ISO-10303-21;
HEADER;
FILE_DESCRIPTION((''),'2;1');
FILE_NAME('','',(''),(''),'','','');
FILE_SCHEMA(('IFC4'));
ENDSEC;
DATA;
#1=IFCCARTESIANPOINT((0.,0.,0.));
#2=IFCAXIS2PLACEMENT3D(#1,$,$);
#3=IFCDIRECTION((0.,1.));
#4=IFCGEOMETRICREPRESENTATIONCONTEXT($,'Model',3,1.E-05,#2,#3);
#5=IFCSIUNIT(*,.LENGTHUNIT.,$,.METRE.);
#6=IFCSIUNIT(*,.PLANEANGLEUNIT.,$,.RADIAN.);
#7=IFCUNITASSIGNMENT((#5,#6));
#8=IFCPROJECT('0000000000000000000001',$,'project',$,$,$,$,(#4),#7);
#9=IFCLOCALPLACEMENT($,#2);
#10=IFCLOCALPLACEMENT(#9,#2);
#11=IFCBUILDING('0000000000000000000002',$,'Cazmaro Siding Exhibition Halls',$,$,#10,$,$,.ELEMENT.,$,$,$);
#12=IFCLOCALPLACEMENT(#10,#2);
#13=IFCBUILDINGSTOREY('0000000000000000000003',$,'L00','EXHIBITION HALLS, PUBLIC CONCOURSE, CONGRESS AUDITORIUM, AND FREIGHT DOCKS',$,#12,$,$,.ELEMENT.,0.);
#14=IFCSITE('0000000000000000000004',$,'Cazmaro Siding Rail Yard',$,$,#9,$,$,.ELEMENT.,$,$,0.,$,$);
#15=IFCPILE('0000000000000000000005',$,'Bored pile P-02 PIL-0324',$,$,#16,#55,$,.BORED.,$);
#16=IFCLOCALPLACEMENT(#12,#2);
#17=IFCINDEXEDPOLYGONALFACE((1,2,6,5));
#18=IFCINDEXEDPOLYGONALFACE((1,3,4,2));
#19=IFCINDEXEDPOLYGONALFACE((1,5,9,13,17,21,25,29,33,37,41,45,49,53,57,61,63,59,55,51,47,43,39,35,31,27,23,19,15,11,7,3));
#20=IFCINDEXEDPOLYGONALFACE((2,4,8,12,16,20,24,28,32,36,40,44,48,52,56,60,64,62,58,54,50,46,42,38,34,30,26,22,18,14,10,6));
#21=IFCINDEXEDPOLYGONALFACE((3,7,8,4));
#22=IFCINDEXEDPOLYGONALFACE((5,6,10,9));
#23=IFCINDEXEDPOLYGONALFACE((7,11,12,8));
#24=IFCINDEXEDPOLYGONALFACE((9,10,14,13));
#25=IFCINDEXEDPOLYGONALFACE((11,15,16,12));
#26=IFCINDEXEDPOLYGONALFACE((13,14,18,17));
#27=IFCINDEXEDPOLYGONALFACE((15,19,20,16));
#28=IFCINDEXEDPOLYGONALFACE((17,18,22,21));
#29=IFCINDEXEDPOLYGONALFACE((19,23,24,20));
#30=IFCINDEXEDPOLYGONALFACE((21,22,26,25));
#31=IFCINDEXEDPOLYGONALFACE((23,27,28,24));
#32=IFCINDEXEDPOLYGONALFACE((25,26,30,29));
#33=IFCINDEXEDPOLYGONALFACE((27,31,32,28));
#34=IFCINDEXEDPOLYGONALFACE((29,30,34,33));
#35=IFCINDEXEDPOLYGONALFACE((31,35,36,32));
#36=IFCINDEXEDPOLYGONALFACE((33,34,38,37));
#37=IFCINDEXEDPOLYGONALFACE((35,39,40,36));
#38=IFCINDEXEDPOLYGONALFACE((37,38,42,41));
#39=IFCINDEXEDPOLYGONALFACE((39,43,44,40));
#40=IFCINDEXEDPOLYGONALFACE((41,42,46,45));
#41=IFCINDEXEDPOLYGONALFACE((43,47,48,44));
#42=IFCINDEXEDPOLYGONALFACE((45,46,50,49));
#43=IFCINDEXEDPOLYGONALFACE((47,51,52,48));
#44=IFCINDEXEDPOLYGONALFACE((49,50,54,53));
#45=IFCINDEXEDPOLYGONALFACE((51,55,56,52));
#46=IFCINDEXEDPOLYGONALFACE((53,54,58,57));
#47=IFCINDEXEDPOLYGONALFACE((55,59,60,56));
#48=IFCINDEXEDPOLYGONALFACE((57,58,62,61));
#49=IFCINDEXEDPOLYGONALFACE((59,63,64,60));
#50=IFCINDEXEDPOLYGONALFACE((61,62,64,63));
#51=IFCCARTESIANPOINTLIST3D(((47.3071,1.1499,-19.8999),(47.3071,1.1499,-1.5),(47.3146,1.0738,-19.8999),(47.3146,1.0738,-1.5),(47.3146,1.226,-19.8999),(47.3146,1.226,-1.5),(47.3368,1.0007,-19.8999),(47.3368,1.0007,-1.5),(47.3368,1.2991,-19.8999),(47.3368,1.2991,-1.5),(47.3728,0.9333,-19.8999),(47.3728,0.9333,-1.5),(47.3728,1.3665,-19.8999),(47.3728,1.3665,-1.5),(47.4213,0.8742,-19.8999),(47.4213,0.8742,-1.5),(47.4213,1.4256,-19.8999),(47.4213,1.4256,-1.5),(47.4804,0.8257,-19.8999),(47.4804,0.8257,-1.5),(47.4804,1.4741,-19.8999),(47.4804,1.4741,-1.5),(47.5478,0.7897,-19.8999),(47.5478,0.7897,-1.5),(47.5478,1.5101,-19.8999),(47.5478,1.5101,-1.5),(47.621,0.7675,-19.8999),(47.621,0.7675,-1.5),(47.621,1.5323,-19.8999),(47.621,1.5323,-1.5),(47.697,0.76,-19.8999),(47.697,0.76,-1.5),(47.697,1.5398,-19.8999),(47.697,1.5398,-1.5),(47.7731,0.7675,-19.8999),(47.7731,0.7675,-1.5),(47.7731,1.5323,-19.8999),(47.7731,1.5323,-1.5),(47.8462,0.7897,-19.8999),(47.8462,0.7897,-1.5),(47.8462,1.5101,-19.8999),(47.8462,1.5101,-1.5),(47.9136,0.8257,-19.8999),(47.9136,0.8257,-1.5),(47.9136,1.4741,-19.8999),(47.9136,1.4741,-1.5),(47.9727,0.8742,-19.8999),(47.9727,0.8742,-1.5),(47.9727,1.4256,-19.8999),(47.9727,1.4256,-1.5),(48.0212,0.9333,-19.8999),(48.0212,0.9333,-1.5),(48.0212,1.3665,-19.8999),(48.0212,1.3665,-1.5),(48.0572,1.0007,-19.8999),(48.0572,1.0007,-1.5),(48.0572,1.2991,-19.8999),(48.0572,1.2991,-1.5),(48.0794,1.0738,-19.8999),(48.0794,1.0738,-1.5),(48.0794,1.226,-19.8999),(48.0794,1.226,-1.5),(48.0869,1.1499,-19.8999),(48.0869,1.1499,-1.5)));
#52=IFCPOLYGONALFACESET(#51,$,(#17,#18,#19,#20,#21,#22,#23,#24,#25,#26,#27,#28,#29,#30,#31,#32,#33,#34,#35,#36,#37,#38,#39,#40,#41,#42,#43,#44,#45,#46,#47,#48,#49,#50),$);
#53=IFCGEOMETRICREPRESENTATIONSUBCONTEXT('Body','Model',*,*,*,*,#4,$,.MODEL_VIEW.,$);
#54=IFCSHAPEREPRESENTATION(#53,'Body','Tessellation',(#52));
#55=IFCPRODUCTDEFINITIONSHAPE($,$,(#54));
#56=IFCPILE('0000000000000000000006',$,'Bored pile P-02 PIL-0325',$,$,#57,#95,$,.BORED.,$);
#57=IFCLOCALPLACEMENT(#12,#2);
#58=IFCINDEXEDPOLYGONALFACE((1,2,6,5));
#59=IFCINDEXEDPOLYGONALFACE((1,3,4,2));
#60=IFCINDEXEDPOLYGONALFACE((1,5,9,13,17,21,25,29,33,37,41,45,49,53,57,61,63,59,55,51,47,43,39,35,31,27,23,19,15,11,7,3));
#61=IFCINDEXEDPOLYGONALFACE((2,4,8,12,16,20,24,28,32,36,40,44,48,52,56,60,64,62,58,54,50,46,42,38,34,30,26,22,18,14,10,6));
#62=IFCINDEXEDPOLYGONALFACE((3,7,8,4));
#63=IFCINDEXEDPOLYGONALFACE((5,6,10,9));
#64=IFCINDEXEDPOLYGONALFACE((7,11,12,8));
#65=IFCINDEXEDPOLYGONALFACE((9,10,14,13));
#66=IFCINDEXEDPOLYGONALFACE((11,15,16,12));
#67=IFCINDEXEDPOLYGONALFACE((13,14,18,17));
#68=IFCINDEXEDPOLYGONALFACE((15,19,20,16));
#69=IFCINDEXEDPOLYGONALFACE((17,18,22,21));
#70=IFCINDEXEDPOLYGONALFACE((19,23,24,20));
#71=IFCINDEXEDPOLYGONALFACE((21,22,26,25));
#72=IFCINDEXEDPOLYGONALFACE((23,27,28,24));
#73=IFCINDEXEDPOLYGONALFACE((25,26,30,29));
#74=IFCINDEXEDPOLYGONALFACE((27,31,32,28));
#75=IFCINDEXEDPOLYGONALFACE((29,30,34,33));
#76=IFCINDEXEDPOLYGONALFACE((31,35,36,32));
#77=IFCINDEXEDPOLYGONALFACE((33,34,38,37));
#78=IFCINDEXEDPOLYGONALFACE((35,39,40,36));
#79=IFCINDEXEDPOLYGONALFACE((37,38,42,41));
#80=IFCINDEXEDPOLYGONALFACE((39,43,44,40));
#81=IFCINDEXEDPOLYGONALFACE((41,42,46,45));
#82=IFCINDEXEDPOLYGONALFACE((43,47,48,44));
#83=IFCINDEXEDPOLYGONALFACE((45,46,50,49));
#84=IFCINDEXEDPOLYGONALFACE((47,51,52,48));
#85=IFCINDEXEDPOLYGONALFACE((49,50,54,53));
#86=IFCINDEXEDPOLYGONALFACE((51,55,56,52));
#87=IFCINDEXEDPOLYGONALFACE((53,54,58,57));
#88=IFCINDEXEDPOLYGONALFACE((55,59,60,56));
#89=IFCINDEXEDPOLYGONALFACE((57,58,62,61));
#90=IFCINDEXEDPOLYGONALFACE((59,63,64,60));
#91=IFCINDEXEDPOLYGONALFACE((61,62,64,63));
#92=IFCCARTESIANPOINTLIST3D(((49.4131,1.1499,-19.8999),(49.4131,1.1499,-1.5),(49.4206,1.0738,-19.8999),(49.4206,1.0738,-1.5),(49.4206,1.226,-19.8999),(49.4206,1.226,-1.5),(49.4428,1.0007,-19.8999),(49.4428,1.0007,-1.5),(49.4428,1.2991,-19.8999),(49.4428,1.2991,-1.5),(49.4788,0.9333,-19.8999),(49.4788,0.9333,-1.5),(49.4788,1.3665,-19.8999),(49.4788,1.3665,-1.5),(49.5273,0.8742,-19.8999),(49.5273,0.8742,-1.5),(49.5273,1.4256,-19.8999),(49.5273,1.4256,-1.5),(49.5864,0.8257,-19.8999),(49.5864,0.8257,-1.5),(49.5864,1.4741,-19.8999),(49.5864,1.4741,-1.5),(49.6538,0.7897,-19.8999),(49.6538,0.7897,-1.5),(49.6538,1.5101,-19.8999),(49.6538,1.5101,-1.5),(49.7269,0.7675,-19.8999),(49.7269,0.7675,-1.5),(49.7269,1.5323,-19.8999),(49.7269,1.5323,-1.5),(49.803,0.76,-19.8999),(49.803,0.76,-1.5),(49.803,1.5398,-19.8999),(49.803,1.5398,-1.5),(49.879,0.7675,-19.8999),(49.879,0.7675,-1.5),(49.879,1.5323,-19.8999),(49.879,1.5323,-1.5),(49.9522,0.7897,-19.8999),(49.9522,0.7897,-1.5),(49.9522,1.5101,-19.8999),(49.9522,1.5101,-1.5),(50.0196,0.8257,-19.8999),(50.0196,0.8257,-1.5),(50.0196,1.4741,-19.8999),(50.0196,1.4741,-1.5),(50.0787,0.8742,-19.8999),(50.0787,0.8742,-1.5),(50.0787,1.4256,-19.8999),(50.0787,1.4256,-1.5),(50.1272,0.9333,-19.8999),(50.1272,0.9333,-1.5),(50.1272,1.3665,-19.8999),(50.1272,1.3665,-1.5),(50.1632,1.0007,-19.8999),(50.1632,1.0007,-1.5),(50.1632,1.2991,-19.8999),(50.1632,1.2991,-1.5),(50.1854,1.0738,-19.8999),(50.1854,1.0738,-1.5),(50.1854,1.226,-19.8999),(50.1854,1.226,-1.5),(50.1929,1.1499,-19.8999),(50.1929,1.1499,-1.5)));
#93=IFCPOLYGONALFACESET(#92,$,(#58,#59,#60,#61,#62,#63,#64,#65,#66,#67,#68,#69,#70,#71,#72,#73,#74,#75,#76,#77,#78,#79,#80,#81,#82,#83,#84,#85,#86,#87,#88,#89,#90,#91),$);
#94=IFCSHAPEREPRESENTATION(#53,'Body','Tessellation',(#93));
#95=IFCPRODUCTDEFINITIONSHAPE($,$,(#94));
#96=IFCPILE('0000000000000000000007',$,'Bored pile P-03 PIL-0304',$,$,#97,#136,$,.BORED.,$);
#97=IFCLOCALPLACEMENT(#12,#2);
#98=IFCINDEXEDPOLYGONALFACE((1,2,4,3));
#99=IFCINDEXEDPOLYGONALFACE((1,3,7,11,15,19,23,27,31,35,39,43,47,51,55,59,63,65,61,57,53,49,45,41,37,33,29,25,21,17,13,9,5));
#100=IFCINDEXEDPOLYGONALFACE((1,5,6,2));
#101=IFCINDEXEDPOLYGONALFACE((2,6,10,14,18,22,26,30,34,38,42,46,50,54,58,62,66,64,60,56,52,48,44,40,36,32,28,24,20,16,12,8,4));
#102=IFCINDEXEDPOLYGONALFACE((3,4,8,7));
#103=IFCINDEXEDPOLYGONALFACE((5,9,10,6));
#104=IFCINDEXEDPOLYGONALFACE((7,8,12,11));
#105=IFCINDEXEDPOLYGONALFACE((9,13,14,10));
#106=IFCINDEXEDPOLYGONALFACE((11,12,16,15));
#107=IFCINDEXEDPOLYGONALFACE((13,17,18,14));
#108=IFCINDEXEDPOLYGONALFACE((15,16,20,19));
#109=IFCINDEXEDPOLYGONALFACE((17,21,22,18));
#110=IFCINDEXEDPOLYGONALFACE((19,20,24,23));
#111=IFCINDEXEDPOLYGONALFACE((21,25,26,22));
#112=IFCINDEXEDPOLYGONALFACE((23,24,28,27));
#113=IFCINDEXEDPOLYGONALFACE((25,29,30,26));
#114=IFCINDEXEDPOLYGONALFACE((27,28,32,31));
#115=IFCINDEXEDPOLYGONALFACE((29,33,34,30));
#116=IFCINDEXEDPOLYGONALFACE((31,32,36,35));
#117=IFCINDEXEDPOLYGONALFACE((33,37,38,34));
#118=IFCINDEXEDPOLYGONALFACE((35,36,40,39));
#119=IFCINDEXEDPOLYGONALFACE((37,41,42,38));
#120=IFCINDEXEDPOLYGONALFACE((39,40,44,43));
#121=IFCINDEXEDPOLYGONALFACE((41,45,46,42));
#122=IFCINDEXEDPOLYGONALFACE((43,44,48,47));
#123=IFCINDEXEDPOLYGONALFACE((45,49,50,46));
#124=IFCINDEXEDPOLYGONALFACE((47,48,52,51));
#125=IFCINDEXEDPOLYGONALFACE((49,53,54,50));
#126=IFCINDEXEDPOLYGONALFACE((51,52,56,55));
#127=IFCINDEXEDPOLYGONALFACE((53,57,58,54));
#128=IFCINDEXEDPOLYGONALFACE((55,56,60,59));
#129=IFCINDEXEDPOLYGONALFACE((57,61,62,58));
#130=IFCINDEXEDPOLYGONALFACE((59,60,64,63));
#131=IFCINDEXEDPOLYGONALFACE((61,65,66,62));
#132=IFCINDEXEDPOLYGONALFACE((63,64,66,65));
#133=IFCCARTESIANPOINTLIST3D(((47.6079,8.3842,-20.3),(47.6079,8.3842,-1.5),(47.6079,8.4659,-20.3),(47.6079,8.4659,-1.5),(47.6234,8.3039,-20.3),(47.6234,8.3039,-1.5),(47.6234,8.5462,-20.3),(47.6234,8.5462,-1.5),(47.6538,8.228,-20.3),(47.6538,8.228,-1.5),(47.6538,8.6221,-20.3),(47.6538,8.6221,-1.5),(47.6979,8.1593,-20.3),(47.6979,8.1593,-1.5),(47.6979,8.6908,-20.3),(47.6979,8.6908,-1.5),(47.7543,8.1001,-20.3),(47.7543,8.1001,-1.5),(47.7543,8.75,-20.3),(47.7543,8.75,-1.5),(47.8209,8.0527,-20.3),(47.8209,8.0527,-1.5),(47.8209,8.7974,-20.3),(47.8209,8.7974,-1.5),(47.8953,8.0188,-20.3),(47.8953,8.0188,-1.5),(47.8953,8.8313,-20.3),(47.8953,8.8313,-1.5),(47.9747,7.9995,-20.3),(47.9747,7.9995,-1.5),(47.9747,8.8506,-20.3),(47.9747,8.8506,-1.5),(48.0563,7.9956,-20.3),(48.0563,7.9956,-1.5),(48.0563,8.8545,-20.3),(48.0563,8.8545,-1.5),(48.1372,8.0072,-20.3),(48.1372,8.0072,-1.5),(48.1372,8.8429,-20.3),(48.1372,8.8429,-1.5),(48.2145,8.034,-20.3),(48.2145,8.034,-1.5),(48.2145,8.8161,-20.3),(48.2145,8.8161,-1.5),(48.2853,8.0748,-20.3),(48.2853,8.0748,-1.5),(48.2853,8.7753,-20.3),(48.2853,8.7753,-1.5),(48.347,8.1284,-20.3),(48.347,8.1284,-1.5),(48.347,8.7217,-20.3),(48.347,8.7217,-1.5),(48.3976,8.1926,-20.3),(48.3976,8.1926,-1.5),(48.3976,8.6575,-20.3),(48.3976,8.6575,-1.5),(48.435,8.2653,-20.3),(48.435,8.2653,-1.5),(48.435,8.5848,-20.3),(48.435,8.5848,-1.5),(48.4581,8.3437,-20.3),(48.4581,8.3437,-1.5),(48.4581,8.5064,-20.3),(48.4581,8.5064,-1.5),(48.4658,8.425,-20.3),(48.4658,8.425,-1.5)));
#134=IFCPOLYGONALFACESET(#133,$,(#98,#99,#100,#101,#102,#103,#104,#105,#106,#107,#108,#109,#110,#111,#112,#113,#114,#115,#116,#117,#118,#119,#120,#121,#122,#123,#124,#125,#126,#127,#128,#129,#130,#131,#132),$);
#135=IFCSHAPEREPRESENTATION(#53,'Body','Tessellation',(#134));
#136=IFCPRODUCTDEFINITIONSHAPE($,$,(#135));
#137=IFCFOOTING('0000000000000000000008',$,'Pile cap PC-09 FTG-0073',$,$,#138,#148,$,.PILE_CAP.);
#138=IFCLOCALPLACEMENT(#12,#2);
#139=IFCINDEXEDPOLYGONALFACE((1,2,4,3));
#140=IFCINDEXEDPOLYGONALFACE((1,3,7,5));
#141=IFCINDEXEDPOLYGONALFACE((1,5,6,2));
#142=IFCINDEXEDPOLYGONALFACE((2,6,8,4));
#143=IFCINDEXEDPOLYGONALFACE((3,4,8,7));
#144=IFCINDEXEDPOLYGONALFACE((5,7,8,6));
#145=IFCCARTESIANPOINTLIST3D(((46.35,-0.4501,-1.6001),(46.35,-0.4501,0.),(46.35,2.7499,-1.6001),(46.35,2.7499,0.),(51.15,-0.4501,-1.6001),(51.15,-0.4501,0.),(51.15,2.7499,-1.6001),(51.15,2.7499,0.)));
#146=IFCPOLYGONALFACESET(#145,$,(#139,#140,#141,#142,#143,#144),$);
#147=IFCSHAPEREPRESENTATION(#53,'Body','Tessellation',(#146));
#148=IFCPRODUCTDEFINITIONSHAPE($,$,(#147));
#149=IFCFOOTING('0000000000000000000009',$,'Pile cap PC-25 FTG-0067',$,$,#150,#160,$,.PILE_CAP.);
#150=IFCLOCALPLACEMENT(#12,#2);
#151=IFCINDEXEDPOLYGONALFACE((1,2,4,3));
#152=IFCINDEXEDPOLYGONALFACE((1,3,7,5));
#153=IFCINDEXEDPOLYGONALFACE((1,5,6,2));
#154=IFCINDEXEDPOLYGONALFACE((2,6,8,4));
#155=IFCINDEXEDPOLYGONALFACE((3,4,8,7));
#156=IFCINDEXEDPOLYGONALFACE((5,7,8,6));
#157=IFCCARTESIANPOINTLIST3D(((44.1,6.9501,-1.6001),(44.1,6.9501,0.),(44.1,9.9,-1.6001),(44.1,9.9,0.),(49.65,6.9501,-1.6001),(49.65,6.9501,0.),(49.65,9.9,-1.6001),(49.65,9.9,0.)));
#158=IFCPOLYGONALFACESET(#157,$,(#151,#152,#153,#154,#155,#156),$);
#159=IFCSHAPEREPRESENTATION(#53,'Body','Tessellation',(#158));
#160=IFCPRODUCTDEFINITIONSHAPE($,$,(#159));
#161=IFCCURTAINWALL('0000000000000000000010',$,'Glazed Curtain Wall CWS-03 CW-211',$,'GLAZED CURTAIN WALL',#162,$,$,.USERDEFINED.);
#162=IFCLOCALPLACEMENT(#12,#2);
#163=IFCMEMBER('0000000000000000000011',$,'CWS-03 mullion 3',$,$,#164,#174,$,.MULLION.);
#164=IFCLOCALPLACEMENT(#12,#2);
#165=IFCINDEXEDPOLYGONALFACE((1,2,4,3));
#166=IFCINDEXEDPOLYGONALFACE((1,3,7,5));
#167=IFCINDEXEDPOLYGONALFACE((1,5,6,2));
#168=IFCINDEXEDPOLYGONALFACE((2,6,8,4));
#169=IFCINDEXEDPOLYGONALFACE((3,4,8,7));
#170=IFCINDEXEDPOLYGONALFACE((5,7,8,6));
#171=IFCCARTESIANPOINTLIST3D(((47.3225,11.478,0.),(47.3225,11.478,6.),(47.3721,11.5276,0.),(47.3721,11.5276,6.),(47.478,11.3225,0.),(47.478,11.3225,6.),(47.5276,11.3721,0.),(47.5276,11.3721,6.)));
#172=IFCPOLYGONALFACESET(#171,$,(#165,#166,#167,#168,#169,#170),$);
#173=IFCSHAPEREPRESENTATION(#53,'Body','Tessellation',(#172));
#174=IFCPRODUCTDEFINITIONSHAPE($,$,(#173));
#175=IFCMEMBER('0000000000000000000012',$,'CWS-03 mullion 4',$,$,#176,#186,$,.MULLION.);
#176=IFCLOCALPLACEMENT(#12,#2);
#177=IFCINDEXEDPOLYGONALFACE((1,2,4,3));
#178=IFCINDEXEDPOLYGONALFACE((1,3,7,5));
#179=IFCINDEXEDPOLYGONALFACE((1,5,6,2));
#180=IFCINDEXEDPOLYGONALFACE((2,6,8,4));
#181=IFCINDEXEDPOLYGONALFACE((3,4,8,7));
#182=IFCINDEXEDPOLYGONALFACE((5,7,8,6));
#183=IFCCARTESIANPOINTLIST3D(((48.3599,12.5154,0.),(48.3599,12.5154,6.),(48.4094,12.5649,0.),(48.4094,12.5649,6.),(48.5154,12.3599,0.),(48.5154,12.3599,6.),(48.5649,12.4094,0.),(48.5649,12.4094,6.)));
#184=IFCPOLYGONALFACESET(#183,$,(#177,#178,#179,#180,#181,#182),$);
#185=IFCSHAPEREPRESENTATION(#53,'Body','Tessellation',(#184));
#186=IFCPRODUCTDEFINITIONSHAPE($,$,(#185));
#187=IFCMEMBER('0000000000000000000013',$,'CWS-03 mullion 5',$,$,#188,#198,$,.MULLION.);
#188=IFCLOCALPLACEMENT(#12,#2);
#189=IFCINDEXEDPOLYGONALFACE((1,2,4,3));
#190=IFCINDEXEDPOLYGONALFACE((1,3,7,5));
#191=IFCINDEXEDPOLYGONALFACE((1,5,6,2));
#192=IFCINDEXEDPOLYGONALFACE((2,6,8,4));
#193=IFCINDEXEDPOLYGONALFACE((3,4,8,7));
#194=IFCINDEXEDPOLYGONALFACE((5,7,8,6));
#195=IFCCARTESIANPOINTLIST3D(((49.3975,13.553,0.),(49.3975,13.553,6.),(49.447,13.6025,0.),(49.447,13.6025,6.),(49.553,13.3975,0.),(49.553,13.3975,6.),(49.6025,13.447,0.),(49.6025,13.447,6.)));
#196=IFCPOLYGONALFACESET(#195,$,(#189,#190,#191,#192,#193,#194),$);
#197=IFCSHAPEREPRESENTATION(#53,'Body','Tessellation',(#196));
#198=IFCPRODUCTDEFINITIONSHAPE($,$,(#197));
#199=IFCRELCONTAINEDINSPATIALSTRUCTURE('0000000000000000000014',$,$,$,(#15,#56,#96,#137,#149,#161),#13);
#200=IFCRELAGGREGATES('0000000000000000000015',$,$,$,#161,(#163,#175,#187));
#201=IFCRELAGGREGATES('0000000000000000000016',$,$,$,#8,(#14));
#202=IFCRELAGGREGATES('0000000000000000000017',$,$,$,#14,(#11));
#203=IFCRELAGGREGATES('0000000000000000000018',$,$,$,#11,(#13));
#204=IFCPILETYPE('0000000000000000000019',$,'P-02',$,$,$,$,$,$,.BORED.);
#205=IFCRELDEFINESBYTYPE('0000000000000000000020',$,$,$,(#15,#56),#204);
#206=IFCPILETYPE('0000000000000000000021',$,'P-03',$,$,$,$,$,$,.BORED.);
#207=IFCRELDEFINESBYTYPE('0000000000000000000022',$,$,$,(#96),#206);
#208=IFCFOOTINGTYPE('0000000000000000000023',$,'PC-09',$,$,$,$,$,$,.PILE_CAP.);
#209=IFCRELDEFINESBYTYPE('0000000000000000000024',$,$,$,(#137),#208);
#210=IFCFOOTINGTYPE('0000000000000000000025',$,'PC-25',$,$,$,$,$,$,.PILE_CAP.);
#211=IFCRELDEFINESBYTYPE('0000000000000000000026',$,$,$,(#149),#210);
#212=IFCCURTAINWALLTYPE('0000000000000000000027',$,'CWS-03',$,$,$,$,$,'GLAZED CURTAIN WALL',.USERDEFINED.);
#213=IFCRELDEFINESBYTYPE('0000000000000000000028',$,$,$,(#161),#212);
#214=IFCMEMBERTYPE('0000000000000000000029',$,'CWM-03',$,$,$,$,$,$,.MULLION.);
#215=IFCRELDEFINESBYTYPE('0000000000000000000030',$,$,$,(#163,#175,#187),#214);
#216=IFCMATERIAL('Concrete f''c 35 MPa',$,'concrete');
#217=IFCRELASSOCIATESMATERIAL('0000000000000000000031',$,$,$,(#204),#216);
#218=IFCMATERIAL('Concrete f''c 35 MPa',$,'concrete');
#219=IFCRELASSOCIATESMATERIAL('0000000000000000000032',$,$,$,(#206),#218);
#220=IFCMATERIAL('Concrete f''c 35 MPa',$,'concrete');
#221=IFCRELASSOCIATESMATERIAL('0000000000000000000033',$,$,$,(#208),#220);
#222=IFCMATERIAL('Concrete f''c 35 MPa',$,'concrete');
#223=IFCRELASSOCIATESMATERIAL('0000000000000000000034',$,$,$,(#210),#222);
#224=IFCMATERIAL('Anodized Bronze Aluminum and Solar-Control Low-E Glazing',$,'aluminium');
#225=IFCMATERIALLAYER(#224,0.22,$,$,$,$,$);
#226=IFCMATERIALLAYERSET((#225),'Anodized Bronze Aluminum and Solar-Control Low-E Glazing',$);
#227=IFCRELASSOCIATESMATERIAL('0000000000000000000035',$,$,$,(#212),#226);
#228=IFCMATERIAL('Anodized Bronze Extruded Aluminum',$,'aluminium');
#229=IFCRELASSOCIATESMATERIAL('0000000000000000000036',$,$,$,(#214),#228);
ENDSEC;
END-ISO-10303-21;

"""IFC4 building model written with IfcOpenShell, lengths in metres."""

from ifc_helpers import new_model, si_unit, direction, frame, origin, origin_2d, place, context, subcontext, project, spatial, rectangle, circle, extrude, material, layer, layer_set, material_profile, profile_set, type_object, element, aggregate, save


model = new_model("IFC4")

# Units and contexts
model_context = context("Model", 3, precision=1e-05, world=origin(), true_north=direction((0.0, 1.0)))
body_context = subcontext(model_context, "Body", "Model", "MODEL_VIEW")
ifc_project = project(units=[si_unit("LENGTHUNIT", "METRE"), si_unit("PLANEANGLEUNIT", "RADIAN")], contexts=[model_context])

# Site, building, storey
site_placement = place(None, origin())
site = spatial("IfcSite", under=ifc_project, at=site_placement, Name="Cazmaro Siding Rail Yard", CompositionType="ELEMENT", RefElevation=0.0)
building_placement = place(site_placement, origin())
building = spatial("IfcBuilding", under=site, at=building_placement, Name="Cazmaro Siding Exhibition Halls", CompositionType="ELEMENT")
storey_placement = place(building_placement, origin())
storey = spatial("IfcBuildingStorey", under=building, at=storey_placement, Name="L00", Description="EXHIBITION HALLS, PUBLIC CONCOURSE, CONGRESS AUDITORIUM, AND FREIGHT DOCKS", CompositionType="ELEMENT", Elevation=0.0)

# Piles
ifc_material_1 = material(Name="Concrete f'c 35 MPa", Category="concrete")
ifc_material_profile_1 = material_profile(ifc_material_1, circle(Radius=0.3899, at=origin_2d()), Name="CIDH-780")
ifc_profile_set_1 = profile_set([ifc_material_profile_1], Name="Concrete f'c 35 MPa")
pile_type_1 = type_object("IfcPileType", Name="P-02", PredefinedType="BORED", material=ifc_profile_set_1)
for number, where, z_axis, x_axis, name in (
    (1, (47.697, 1.1499, -1.5), (0.0, 0.0, -1.0), (1.0, 0.0, 0.0), "Bored pile P-02 PIL-0324"),
    (2, (49.803, 1.1499, -1.5), (0.0, 0.0, -1.0), (1.0, 0.0, 0.0), "Bored pile P-02 PIL-0325"),
):
    element("IfcPile", number, at=place(storey_placement, frame(where, z_axis=z_axis, x_axis=x_axis)), inside=storey, type_object=pile_type_1, Name=name, PredefinedType="BORED", context=body_context, shape_type="SweptSolid", body=[
        extrude(circle(Radius=0.3899, at=origin_2d()), origin(), (0.0, 0.0, 1.0), 18.3999),
    ])
ifc_material_2 = material(Name="Concrete f'c 35 MPa", Category="concrete")
ifc_material_profile_2 = material_profile(ifc_material_2, circle(Radius=0.4299, at=origin_2d()), Name="CIDH-860")
ifc_profile_set_2 = profile_set([ifc_material_profile_2], Name="Concrete f'c 35 MPa")
pile_type_2 = type_object("IfcPileType", Name="P-03", PredefinedType="BORED", material=ifc_profile_set_2)
pile_placement = place(storey_placement, frame((48.0359, 8.425, -1.5), z_axis=(0.0, 0.0, -1.0), x_axis=(1.0, 0.0, 0.0)))
element("IfcPile", 3, at=pile_placement, inside=storey, type_object=pile_type_2, Name="Bored pile P-03 PIL-0304", PredefinedType="BORED", context=body_context, shape_type="SweptSolid", body=[
    extrude(circle(Radius=0.4299, at=origin_2d()), origin(), (0.0, 0.0, 1.0), 18.8),
])

# Footings
ifc_material_3 = material(Name="Concrete f'c 35 MPa", Category="concrete")
footing_type_1 = type_object("IfcFootingType", Name="PC-09", PredefinedType="PILE_CAP", material=ifc_material_3)
footing_1_placement = place(storey_placement, frame((48.75, 1.1499, -1.6001), z_axis=(0.0, 0.0, 1.0), x_axis=(1.0, 0.0, 0.0)))
element("IfcFooting", 4, at=footing_1_placement, inside=storey, type_object=footing_type_1, Name="Pile cap PC-09 FTG-0073", PredefinedType="PILE_CAP", context=body_context, shape_type="SweptSolid", body=[
    extrude(rectangle(XDim=4.8, YDim=3.2, at=origin_2d()), origin(), (0.0, 0.0, 1.0), 1.6001),
])
ifc_material_4 = material(Name="Concrete f'c 35 MPa", Category="concrete")
footing_type_2 = type_object("IfcFootingType", Name="PC-25", PredefinedType="PILE_CAP", material=ifc_material_4)
footing_2_placement = place(storey_placement, frame((46.875, 8.425, -1.6001), z_axis=(0.0, 0.0, 1.0), x_axis=(1.0, 0.0, 0.0)))
element("IfcFooting", 5, at=footing_2_placement, inside=storey, type_object=footing_type_2, Name="Pile cap PC-25 FTG-0067", PredefinedType="PILE_CAP", context=body_context, shape_type="SweptSolid", body=[
    extrude(rectangle(XDim=5.55, YDim=2.95, at=origin_2d()), origin(), (0.0, 0.0, 1.0), 1.6001),
])

# Curtain wall, members
ifc_material_5 = material(Name="Anodized Bronze Aluminum and Solar-Control Low-E Glazing", Category="aluminium")
ifc_layer_1 = layer(ifc_material_5, 0.22)
ifc_layer_set_1 = layer_set([ifc_layer_1], Name="Anodized Bronze Aluminum and Solar-Control Low-E Glazing")
curtain_wall_type = type_object("IfcCurtainWallType", Name="CWS-03", ElementType="GLAZED CURTAIN WALL", PredefinedType="USERDEFINED", material=ifc_layer_set_1)
curtain_wall_placement = place(storey_placement, origin())
curtain_wall = element("IfcCurtainWall", 6, at=curtain_wall_placement, inside=storey, type_object=curtain_wall_type, Name="Glazed Curtain Wall CWS-03 CW-211", ObjectType="GLAZED CURTAIN WALL", PredefinedType="USERDEFINED")
ifc_material_6 = material(Name="Anodized Bronze Extruded Aluminum", Category="aluminium")
ifc_material_profile_3 = material_profile(ifc_material_6, rectangle(XDim=0.22, YDim=0.0701, at=origin_2d()), Name="CWM-03")
ifc_profile_set_3 = profile_set([ifc_material_profile_3], Name="Anodized Bronze Extruded Aluminum")
member_type_1 = type_object("IfcMemberType", Name="CWM-03", PredefinedType="MULLION", material=ifc_profile_set_3)
member_1_placement = place(storey_placement, frame((47.425, 11.425, 0.0), z_axis=(0.0, 0.0, 1.0), x_axis=(-0.707107, 0.707107, 0.0)))
member_1 = element("IfcMember", 7, at=member_1_placement, type_object=member_type_1, Name="CWS-03 mullion 3", PredefinedType="MULLION", context=body_context, shape_type="SweptSolid", body=[
    extrude(rectangle(XDim=0.22, YDim=0.0701, at=origin_2d()), origin(), (0.0, 0.0, 1.0), 6.0),
])
member_2_placement = place(storey_placement, frame((48.4624, 12.4624, 0.0), z_axis=(0.0, 0.0, 1.0), x_axis=(-0.707107, 0.707107, 0.0)))
member_2 = element("IfcMember", 8, at=member_2_placement, type_object=member_type_1, Name="CWS-03 mullion 4", PredefinedType="MULLION", context=body_context, shape_type="SweptSolid", body=[
    extrude(rectangle(XDim=0.22, YDim=0.0701, at=origin_2d()), origin(), (0.0, 0.0, 1.0), 6.0),
])
member_3_placement = place(storey_placement, frame((49.5, 13.5, 0.0), z_axis=(0.0, 0.0, 1.0), x_axis=(-0.707107, 0.707107, 0.0)))
member_3 = element("IfcMember", 9, at=member_3_placement, type_object=member_type_1, Name="CWS-03 mullion 5", PredefinedType="MULLION", context=body_context, shape_type="SweptSolid", body=[
    extrude(rectangle(XDim=0.22, YDim=0.0701, at=origin_2d()), origin(), (0.0, 0.0, 1.0), 6.0),
])
aggregate(curtain_wall, [member_1, member_2, member_3])

save(model, "model.ifc")
